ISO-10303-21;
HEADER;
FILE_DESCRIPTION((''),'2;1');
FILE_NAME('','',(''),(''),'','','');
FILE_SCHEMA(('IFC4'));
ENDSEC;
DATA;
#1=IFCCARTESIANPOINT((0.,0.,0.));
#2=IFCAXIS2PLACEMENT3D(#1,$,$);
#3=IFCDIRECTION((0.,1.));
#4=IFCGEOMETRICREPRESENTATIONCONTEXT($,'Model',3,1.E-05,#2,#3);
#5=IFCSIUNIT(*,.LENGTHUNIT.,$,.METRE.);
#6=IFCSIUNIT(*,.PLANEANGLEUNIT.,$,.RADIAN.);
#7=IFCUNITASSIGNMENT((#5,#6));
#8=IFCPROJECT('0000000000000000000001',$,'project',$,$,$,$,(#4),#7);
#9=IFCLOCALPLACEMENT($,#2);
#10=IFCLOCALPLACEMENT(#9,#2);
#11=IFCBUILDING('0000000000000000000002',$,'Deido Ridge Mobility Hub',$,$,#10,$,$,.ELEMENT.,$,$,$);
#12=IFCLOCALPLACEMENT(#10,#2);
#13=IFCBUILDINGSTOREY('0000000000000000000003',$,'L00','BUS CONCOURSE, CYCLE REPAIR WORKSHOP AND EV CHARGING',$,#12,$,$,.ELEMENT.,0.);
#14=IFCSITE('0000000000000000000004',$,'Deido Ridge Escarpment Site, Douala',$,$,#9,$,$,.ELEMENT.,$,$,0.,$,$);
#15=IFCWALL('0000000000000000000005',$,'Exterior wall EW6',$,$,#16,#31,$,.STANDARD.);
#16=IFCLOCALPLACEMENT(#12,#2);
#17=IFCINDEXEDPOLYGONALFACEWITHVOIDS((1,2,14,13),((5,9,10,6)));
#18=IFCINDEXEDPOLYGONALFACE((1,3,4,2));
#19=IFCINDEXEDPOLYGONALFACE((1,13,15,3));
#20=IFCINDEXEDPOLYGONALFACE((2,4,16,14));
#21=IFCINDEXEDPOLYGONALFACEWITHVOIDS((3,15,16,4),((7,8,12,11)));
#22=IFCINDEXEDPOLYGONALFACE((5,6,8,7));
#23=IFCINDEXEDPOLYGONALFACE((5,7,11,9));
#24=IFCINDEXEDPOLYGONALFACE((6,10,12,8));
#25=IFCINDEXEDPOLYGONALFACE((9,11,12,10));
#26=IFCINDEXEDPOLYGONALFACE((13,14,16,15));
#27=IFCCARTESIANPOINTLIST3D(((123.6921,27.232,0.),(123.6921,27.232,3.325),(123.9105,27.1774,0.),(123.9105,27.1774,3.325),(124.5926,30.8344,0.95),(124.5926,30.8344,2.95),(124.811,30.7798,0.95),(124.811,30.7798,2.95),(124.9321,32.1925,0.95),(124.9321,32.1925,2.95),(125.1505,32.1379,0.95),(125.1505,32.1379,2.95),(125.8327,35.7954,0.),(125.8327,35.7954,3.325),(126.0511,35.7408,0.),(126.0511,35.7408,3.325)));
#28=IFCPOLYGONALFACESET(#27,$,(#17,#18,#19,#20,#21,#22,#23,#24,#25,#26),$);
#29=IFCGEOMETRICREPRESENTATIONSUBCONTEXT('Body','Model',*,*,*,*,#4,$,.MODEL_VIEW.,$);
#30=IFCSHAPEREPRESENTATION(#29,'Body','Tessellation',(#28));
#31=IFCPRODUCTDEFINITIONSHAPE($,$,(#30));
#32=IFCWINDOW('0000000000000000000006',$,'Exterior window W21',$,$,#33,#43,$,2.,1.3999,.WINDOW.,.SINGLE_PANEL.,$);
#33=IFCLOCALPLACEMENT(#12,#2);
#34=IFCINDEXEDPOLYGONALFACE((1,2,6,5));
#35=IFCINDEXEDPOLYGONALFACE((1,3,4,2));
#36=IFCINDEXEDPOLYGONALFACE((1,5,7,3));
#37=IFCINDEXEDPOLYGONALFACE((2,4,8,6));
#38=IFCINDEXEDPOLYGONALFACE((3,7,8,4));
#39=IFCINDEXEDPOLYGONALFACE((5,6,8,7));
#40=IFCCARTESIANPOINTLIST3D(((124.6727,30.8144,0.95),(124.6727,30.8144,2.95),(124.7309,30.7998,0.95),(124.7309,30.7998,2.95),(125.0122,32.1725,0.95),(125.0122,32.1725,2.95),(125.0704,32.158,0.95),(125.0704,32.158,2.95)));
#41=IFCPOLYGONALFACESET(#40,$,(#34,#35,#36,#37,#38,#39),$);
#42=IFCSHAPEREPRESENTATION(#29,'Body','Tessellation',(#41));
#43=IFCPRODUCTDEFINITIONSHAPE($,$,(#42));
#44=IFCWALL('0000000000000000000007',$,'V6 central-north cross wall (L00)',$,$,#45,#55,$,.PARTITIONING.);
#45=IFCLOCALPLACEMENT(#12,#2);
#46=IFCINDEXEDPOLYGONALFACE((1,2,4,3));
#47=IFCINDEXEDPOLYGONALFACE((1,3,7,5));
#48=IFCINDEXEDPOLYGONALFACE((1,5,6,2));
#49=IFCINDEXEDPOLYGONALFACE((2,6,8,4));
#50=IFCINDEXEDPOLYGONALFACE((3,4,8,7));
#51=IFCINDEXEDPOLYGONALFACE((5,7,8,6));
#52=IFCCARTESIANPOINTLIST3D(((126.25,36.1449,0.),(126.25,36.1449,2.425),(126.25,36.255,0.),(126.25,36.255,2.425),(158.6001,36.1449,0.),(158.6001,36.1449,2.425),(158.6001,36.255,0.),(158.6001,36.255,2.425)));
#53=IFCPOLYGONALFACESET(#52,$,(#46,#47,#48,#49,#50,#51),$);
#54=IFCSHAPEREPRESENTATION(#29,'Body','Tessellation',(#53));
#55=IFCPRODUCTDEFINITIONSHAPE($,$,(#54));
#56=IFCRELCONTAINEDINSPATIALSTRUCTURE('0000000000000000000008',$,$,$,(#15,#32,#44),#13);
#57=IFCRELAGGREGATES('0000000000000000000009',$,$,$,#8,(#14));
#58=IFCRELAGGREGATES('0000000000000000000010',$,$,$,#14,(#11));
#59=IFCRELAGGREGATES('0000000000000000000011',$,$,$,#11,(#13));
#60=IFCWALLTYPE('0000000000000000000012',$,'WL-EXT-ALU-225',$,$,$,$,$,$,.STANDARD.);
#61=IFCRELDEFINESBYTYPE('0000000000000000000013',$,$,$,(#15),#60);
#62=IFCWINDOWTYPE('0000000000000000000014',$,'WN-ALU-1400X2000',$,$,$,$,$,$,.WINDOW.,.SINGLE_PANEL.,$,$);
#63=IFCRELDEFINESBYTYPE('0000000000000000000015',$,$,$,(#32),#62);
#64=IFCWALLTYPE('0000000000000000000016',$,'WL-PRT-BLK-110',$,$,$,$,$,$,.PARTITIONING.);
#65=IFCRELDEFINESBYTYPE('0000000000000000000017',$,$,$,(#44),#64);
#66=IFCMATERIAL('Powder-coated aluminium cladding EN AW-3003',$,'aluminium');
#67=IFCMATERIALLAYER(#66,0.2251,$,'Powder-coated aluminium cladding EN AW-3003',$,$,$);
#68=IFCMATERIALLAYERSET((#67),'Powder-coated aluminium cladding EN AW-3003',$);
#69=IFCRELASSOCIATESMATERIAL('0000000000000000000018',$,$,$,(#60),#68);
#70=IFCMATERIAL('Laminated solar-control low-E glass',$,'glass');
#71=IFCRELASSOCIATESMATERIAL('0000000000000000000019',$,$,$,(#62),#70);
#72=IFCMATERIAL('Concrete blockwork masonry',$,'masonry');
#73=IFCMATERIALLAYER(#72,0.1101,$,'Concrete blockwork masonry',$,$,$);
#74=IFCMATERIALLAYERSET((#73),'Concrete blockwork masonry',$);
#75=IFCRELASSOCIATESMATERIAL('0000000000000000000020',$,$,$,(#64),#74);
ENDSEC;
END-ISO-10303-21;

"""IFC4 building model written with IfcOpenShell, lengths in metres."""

from ifc_helpers import new_model, si_unit, direction, frame, frame_2d, origin, place, context, subcontext, project, spatial, rectangle, extrude, material, layer, layer_set, type_object, element, fill, save


model = new_model("IFC4")

# Units and contexts
model_context = context("Model", 3, precision=1e-05, world=origin(), true_north=direction((0.0, 1.0)))
body_context = subcontext(model_context, "Body", "Model", "MODEL_VIEW")
ifc_project = project(units=[si_unit("LENGTHUNIT", "METRE"), si_unit("PLANEANGLEUNIT", "RADIAN")], contexts=[model_context])

# Site, building, storey
site_placement = place(None, origin())
site = spatial("IfcSite", under=ifc_project, at=site_placement, Name="Deido Ridge Escarpment Site, Douala", CompositionType="ELEMENT", RefElevation=0.0)
building_placement = place(site_placement, origin())
building = spatial("IfcBuilding", under=site, at=building_placement, Name="Deido Ridge Mobility Hub", CompositionType="ELEMENT")
storey_placement = place(building_placement, origin())
storey = spatial("IfcBuildingStorey", under=building, at=storey_placement, Name="L00", Description="BUS CONCOURSE, CYCLE REPAIR WORKSHOP AND EV CHARGING", CompositionType="ELEMENT", Elevation=0.0)

# Shared definitions
ifc_material_1 = material(Name="Laminated solar-control low-E glass", Category="glass")

# Wall, opening, window
ifc_material_2 = material(Name="Powder-coated aluminium cladding EN AW-3003", Category="aluminium")
ifc_layer_1 = layer(ifc_material_2, 0.2251, Name="Powder-coated aluminium cladding EN AW-3003")
ifc_layer_set_1 = layer_set([ifc_layer_1], Name="Powder-coated aluminium cladding EN AW-3003")
wall_type_1 = type_object("IfcWallType", Name="WL-EXT-ALU-225", PredefinedType="STANDARD", material=ifc_layer_set_1)
wall_1_placement = place(storey_placement, frame((123.8013, 27.2046, 0.0), z_axis=(0.0, 0.0, 1.0), x_axis=(0.24251, 0.970149, 0.0)))
wall_1 = element("IfcWall", 1, at=wall_1_placement, inside=storey, type_object=wall_type_1, Name="Exterior wall EW6", PredefinedType="STANDARD", context=body_context, shape_type="SweptSolid", body=[
    extrude(rectangle(XDim=8.8269, YDim=0.2251, at=frame_2d((4.4136, 0.0))), origin(), (0.0, 0.0, 1.0), 3.325),
])
opening_placement = place(wall_1_placement, frame((3.7134, 0.0, 0.95)))
opening = element("IfcOpeningElement", 2, at=opening_placement, cuts=wall_1, PredefinedType="OPENING", context=body_context, shape_type="SweptSolid", body=[
    extrude(rectangle(XDim=1.3999, YDim=2.0, at=frame_2d((0.7, 1.0))), frame((0.0, 0.1226, 0.0), z_axis=(0.0, -1.0, 0.0), x_axis=(1.0, 0.0, 0.0)), (0.0, 0.0, 1.0), 0.2451),
])
window_type = type_object("IfcWindowType", Name="WN-ALU-1400X2000", PartitioningType="SINGLE_PANEL", PredefinedType="WINDOW", material=ifc_material_1)
window_placement = place(opening_placement, origin())
window = element("IfcWindow", 3, at=window_placement, inside=storey, type_object=window_type, Name="Exterior window W21", OverallHeight=2.0, OverallWidth=1.3999, PartitioningType="SINGLE_PANEL", PredefinedType="WINDOW", context=body_context, shape_type="SweptSolid", body=[
    extrude(rectangle(XDim=1.3999, YDim=2.0, at=frame_2d((0.7, 1.0))), frame((0.0, 0.03, 0.0), z_axis=(0.0, -1.0, 0.0), x_axis=(1.0, 0.0, 0.0)), (0.0, 0.0, 1.0), 0.0601),
])
fill(opening, window)

# Wall
ifc_material_3 = material(Name="Concrete blockwork masonry", Category="masonry")
ifc_layer_2 = layer(ifc_material_3, 0.1101, Name="Concrete blockwork masonry")
ifc_layer_set_2 = layer_set([ifc_layer_2], Name="Concrete blockwork masonry")
wall_type_2 = type_object("IfcWallType", Name="WL-PRT-BLK-110", PredefinedType="PARTITIONING", material=ifc_layer_set_2)
wall_2_placement = place(storey_placement, frame((126.25, 36.2, 0.0), z_axis=(0.0, 0.0, 1.0), x_axis=(1.0, 0.0, 0.0)))
element("IfcWall", 4, at=wall_2_placement, inside=storey, type_object=wall_type_2, Name="V6 central-north cross wall (L00)", PredefinedType="PARTITIONING", context=body_context, shape_type="SweptSolid", body=[
    extrude(rectangle(XDim=32.3501, YDim=0.1101, at=frame_2d((16.175, 0.0))), origin(), (0.0, 0.0, 1.0), 2.425),
])

save(model, "model.ifc")
